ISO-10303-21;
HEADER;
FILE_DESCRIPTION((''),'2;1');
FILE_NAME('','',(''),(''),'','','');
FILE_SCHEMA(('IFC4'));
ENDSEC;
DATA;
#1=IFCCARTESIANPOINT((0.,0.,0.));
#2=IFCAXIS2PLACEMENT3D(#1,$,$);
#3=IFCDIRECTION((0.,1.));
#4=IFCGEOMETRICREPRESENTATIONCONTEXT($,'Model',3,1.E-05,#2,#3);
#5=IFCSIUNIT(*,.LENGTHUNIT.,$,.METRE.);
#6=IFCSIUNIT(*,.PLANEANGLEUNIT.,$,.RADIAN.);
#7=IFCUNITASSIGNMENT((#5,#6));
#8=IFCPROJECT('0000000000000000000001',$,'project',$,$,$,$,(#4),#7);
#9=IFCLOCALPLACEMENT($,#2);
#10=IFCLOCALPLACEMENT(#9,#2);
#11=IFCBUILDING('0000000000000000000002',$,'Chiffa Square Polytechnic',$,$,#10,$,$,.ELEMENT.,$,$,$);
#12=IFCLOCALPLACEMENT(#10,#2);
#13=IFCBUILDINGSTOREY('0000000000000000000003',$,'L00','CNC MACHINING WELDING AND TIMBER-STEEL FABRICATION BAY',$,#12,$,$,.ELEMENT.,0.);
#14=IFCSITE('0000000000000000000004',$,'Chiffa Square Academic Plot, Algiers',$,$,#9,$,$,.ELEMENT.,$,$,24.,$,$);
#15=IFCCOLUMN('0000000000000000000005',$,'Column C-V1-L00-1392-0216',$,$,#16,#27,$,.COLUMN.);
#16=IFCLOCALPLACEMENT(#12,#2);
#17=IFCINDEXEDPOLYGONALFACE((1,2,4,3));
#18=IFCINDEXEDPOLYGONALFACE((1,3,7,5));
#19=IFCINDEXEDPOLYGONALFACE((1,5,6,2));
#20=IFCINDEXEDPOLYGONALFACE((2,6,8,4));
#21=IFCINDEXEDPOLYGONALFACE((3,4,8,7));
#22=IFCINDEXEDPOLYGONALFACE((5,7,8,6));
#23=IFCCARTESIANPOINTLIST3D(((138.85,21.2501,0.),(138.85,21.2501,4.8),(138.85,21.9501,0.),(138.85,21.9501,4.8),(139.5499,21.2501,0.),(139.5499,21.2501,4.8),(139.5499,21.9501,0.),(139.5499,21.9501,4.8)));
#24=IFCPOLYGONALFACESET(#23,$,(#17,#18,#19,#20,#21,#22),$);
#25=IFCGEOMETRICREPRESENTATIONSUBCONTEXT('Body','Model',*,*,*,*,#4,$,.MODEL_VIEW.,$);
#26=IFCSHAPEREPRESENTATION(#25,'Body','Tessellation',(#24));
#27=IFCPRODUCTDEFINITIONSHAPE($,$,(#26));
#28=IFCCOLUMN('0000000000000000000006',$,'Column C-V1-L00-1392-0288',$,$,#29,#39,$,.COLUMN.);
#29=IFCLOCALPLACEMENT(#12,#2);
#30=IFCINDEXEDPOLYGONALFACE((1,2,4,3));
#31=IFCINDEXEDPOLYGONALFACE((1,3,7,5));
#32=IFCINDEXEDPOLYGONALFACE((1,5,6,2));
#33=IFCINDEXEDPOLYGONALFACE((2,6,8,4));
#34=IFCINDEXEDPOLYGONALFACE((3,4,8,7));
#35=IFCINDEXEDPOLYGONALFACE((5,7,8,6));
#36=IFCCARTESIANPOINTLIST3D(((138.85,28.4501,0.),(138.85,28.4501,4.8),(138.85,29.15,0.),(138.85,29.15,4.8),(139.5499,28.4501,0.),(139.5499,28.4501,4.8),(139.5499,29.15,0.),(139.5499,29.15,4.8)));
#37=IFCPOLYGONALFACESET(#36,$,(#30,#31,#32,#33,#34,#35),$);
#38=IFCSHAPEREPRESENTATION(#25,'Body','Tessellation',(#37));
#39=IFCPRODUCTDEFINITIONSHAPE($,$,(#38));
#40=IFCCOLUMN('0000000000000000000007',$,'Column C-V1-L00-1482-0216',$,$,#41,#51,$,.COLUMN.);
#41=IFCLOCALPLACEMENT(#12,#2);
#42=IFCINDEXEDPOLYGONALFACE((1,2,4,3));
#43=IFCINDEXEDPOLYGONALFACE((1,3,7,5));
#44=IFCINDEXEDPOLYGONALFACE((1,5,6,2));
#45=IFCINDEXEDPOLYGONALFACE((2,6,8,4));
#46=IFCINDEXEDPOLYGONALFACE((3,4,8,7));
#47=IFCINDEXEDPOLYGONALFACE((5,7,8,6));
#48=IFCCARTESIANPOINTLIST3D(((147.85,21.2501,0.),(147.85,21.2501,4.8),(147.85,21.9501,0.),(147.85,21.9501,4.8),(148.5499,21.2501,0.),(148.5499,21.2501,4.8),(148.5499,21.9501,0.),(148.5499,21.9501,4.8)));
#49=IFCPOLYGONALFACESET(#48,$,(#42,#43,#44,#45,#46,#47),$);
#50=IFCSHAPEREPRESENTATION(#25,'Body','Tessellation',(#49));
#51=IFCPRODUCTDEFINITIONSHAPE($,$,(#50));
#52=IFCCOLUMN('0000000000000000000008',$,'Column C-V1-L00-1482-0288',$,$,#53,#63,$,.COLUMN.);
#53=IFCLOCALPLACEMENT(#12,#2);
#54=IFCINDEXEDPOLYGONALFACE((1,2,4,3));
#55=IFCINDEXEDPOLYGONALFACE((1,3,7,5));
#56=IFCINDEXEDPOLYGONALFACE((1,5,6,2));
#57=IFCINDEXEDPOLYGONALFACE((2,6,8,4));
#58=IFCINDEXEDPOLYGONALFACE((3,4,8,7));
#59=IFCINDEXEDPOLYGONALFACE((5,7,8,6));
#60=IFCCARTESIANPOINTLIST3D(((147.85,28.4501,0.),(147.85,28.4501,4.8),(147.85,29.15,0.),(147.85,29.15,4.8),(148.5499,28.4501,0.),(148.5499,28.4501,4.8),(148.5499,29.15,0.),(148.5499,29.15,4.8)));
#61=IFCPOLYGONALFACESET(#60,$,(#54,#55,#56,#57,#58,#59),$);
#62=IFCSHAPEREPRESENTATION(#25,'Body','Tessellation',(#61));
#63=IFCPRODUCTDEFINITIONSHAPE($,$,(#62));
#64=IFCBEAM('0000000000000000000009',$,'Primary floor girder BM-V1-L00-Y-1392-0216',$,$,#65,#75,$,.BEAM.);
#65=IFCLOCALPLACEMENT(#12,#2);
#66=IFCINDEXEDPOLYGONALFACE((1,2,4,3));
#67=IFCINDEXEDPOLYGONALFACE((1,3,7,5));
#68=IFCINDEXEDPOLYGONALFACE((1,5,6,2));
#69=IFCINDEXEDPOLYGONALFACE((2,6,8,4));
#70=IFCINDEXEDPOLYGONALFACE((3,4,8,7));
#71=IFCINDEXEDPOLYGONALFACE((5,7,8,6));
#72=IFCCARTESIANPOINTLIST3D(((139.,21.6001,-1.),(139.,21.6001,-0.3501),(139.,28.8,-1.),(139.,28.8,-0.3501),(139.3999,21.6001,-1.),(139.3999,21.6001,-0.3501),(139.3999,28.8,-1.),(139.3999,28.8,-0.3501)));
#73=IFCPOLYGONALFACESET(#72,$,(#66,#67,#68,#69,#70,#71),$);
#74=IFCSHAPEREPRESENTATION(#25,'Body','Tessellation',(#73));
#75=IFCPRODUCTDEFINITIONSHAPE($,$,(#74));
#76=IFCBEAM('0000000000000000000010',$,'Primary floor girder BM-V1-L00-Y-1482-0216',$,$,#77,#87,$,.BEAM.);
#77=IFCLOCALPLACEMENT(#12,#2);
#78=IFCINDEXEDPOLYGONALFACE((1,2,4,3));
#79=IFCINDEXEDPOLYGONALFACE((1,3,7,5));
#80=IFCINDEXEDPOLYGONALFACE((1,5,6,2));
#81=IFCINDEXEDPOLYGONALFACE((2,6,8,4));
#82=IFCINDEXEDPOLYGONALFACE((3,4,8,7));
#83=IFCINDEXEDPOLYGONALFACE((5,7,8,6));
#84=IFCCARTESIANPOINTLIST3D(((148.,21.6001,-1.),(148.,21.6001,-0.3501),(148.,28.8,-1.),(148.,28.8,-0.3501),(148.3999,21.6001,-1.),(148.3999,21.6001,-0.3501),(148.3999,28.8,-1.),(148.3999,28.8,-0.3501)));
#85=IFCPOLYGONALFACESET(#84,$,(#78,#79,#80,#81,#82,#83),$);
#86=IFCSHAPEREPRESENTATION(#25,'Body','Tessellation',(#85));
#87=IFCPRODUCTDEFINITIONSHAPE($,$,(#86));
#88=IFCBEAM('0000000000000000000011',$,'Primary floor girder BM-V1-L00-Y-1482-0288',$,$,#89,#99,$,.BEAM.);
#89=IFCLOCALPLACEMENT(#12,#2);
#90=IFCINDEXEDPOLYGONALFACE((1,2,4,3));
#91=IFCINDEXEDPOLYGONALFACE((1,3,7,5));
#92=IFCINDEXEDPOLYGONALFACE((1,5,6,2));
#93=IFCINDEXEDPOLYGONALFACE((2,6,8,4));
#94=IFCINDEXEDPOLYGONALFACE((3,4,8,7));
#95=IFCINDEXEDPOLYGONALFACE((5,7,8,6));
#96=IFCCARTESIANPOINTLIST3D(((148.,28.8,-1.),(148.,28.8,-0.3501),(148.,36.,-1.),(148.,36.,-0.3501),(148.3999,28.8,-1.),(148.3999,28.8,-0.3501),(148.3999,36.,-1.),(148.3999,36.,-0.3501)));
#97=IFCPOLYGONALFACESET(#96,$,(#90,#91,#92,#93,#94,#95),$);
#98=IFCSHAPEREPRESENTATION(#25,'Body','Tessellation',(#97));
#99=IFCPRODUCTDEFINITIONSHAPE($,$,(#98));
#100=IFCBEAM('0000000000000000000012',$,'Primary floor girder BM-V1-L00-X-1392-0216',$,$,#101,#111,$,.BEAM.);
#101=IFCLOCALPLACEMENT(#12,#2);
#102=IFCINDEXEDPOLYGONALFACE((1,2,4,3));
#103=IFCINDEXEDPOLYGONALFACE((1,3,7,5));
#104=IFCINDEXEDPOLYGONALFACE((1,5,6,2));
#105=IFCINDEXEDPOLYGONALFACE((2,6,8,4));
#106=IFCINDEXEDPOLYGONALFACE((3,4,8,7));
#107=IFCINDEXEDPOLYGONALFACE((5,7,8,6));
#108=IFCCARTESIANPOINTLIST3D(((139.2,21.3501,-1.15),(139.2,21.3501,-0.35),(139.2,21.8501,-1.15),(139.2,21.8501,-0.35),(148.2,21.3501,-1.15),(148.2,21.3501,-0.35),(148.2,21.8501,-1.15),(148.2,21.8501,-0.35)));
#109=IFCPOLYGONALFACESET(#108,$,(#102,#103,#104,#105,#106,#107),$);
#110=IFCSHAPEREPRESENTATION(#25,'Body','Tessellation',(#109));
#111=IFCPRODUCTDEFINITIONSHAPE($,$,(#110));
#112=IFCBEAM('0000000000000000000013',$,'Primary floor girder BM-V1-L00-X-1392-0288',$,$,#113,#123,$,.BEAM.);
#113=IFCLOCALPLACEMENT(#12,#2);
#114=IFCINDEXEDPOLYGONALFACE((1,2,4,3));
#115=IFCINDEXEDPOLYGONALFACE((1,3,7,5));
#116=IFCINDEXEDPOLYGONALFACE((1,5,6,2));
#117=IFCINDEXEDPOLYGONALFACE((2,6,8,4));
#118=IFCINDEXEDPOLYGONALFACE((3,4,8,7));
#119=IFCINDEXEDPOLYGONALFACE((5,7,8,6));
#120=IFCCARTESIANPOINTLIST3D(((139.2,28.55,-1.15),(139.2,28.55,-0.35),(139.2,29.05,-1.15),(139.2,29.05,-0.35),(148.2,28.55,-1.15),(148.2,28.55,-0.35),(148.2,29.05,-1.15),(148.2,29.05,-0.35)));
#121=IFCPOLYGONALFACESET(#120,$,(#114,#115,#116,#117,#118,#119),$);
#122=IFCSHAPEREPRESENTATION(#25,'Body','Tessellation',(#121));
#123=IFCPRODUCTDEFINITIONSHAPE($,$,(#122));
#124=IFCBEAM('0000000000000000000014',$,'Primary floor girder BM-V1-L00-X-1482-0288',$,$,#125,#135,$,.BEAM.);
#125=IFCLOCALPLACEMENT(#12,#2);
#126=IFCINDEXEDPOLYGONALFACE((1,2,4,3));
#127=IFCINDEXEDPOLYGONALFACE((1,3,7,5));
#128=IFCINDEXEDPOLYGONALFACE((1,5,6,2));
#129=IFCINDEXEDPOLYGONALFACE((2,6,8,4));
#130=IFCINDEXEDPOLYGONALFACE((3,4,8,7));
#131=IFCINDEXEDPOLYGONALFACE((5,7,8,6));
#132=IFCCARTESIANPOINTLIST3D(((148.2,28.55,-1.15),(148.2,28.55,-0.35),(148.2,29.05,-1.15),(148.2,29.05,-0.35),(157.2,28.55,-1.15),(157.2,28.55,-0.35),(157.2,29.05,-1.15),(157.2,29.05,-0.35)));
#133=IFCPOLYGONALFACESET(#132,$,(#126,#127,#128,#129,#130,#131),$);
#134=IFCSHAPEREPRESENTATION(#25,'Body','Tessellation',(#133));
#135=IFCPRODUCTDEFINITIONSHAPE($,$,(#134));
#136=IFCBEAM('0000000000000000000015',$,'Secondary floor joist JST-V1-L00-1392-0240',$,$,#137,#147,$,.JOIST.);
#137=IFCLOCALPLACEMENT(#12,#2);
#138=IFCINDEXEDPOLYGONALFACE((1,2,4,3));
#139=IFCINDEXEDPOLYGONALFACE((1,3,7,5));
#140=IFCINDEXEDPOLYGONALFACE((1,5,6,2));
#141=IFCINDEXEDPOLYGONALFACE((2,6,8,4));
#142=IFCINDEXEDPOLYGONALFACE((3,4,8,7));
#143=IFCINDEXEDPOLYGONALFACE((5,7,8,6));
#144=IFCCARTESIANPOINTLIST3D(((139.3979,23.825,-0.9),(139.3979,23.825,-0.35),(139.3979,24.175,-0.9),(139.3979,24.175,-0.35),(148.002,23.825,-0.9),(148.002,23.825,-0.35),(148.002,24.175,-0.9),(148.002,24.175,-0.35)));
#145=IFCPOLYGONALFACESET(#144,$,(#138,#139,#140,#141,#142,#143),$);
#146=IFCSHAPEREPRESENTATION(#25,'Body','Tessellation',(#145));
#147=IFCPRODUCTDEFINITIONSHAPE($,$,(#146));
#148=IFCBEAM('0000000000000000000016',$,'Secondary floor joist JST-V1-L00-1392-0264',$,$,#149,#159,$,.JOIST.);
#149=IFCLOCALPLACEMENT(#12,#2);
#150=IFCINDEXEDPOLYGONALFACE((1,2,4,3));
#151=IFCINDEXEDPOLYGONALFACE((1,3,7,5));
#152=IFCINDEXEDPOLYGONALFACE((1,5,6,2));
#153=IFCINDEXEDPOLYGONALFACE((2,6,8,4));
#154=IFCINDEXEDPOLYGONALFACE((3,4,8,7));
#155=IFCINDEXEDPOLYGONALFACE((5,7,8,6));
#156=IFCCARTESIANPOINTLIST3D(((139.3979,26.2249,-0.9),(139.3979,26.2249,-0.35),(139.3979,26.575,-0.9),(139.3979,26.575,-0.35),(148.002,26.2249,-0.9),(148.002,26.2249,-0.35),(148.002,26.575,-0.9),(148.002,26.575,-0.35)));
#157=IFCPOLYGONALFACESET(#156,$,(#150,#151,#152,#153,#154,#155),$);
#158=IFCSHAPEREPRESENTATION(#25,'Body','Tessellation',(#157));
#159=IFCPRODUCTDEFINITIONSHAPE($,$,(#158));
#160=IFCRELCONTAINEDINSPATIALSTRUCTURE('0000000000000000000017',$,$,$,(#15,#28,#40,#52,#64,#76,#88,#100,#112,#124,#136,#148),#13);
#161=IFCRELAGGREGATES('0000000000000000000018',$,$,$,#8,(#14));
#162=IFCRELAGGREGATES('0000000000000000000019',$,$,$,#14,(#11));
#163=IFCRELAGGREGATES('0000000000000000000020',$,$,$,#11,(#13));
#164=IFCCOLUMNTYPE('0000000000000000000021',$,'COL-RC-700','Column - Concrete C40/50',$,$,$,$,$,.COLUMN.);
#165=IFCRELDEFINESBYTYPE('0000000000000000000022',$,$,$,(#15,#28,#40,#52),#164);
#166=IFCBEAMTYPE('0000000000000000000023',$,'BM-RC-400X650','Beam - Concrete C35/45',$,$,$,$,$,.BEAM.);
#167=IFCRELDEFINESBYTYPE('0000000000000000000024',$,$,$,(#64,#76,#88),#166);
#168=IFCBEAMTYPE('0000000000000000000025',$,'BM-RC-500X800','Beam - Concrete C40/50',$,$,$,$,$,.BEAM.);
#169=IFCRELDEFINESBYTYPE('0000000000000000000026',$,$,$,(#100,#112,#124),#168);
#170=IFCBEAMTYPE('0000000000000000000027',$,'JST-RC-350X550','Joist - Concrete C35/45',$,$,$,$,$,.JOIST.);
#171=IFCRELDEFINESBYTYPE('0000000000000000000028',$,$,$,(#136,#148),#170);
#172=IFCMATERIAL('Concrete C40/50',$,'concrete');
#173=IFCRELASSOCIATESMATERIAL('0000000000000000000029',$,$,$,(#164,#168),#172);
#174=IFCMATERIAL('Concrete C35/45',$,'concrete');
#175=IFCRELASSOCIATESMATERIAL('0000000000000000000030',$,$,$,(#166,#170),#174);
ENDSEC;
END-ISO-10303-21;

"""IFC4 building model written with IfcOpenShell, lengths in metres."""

from ifc_helpers import new_model, si_unit, direction, frame, origin, origin_2d, place, context, subcontext, project, spatial, rectangle, extrude, material, material_profile, profile_set, type_object, element, save


model = new_model("IFC4")

# Units and contexts
model_context = context("Model", 3, precision=1e-05, world=origin(), true_north=direction((0.0, 1.0)))
body_context = subcontext(model_context, "Body", "Model", "MODEL_VIEW")
ifc_project = project(units=[si_unit("LENGTHUNIT", "METRE"), si_unit("PLANEANGLEUNIT", "RADIAN")], contexts=[model_context])

# Site, building, storey
site_placement = place(None, origin())
site = spatial("IfcSite", under=ifc_project, at=site_placement, Name="Chiffa Square Academic Plot, Algiers", CompositionType="ELEMENT", RefElevation=24.0)
building_placement = place(site_placement, origin())
building = spatial("IfcBuilding", under=site, at=building_placement, Name="Chiffa Square Polytechnic", CompositionType="ELEMENT")
storey_placement = place(building_placement, origin())
storey = spatial("IfcBuildingStorey", under=building, at=storey_placement, Name="L00", Description="CNC MACHINING WELDING AND TIMBER-STEEL FABRICATION BAY", CompositionType="ELEMENT", Elevation=0.0)

# Columns
ifc_material_1 = material(Name="Concrete C40/50", Category="concrete")
ifc_material_profile_1 = material_profile(ifc_material_1, rectangle(XDim=0.7, YDim=0.7, at=origin_2d()), Name="RC 700x700")
ifc_profile_set_1 = profile_set([ifc_material_profile_1], Name="Concrete C40/50")
column_type = type_object("IfcColumnType", Name="COL-RC-700", Description="Column - Concrete C40/50", PredefinedType="COLUMN", material=ifc_profile_set_1)
for number, where, z_axis, x_axis, name in (
    (1, (139.2, 21.6001, 0.0), (0.0, 0.0, 1.0), (1.0, 0.0, 0.0), "Column C-V1-L00-1392-0216"),
    (2, (139.2, 28.8, 0.0), (0.0, 0.0, 1.0), (1.0, 0.0, 0.0), "Column C-V1-L00-1392-0288"),
    (3, (148.2, 21.6001, 0.0), (0.0, 0.0, 1.0), (1.0, 0.0, 0.0), "Column C-V1-L00-1482-0216"),
    (4, (148.2, 28.8, 0.0), (0.0, 0.0, 1.0), (1.0, 0.0, 0.0), "Column C-V1-L00-1482-0288"),
):
    element("IfcColumn", number, at=place(storey_placement, frame(where, z_axis=z_axis, x_axis=x_axis)), inside=storey, type_object=column_type, Name=name, PredefinedType="COLUMN", context=body_context, shape_type="SweptSolid", body=[
        extrude(rectangle(XDim=0.7, YDim=0.7, at=origin_2d()), origin(), (0.0, 0.0, 1.0), 4.8),
    ])

# Beams
ifc_material_2 = material(Name="Concrete C35/45", Category="concrete")
ifc_material_profile_2 = material_profile(ifc_material_2, rectangle(XDim=0.3999, YDim=0.6499, at=origin_2d()), Name="RC 400x650")
ifc_profile_set_2 = profile_set([ifc_material_profile_2], Name="Concrete C35/45")
beam_type_1 = type_object("IfcBeamType", Name="BM-RC-400X650", Description="Beam - Concrete C35/45", PredefinedType="BEAM", material=ifc_profile_set_2)
for number, where, z_axis, x_axis, name in (
    (5, (139.2, 21.6001, -0.675), (0.0, 1.0, 0.0), (-1.0, 0.0, 0.0), "Primary floor girder BM-V1-L00-Y-1392-0216"),
    (6, (148.2, 21.6001, -0.675), (0.0, 1.0, 0.0), (-1.0, 0.0, 0.0), "Primary floor girder BM-V1-L00-Y-1482-0216"),
    (7, (148.2, 28.8, -0.675), (0.0, 1.0, 0.0), (-1.0, 0.0, 0.0), "Primary floor girder BM-V1-L00-Y-1482-0288"),
):
    element("IfcBeam", number, at=place(storey_placement, frame(where, z_axis=z_axis, x_axis=x_axis)), inside=storey, type_object=beam_type_1, Name=name, PredefinedType="BEAM", context=body_context, shape_type="SweptSolid", body=[
        extrude(rectangle(XDim=0.3999, YDim=0.6499, at=origin_2d()), origin(), (0.0, 0.0, 1.0), 7.2),
    ])
ifc_material_profile_3 = material_profile(ifc_material_1, rectangle(XDim=0.5, YDim=0.8, at=origin_2d()), Name="RC 500x800")
ifc_profile_set_3 = profile_set([ifc_material_profile_3], Name="Concrete C40/50")
beam_type_2 = type_object("IfcBeamType", Name="BM-RC-500X800", Description="Beam - Concrete C40/50", PredefinedType="BEAM", material=ifc_profile_set_3)
for number, where, z_axis, x_axis, name in (
    (8, (139.2, 21.6001, -0.75), (1.0, 0.0, 0.0), (0.0, 1.0, 0.0), "Primary floor girder BM-V1-L00-X-1392-0216"),
    (9, (139.2, 28.8, -0.75), (1.0, 0.0, 0.0), (0.0, 1.0, 0.0), "Primary floor girder BM-V1-L00-X-1392-0288"),
    (10, (148.2, 28.8, -0.75), (1.0, 0.0, 0.0), (0.0, 1.0, 0.0), "Primary floor girder BM-V1-L00-X-1482-0288"),
):
    element("IfcBeam", number, at=place(storey_placement, frame(where, z_axis=z_axis, x_axis=x_axis)), inside=storey, type_object=beam_type_2, Name=name, PredefinedType="BEAM", context=body_context, shape_type="SweptSolid", body=[
        extrude(rectangle(XDim=0.5, YDim=0.8, at=origin_2d()), origin(), (0.0, 0.0, 1.0), 9.0),
    ])
ifc_material_profile_4 = material_profile(ifc_material_2, rectangle(XDim=0.3501, YDim=0.55, at=origin_2d()), Name="RC 350x550")
ifc_profile_set_4 = profile_set([ifc_material_profile_4], Name="Concrete C35/45")
beam_type_3 = type_object("IfcBeamType", Name="JST-RC-350X550", Description="Joist - Concrete C35/45", PredefinedType="JOIST", material=ifc_profile_set_4)
for number, where, z_axis, x_axis, name in (
    (11, (139.3979, 24.0, -0.625), (1.0, 0.0, 0.0), (0.0, 1.0, 0.0), "Secondary floor joist JST-V1-L00-1392-0240"),
    (12, (139.3979, 26.3999, -0.625), (1.0, 0.0, 0.0), (0.0, 1.0, 0.0), "Secondary floor joist JST-V1-L00-1392-0264"),
):
    element("IfcBeam", number, at=place(storey_placement, frame(where, z_axis=z_axis, x_axis=x_axis)), inside=storey, type_object=beam_type_3, Name=name, PredefinedType="JOIST", context=body_context, shape_type="SweptSolid", body=[
        extrude(rectangle(XDim=0.3501, YDim=0.55, at=origin_2d()), origin(), (0.0, 0.0, 1.0), 8.604),
    ])

save(model, "model.ifc")
